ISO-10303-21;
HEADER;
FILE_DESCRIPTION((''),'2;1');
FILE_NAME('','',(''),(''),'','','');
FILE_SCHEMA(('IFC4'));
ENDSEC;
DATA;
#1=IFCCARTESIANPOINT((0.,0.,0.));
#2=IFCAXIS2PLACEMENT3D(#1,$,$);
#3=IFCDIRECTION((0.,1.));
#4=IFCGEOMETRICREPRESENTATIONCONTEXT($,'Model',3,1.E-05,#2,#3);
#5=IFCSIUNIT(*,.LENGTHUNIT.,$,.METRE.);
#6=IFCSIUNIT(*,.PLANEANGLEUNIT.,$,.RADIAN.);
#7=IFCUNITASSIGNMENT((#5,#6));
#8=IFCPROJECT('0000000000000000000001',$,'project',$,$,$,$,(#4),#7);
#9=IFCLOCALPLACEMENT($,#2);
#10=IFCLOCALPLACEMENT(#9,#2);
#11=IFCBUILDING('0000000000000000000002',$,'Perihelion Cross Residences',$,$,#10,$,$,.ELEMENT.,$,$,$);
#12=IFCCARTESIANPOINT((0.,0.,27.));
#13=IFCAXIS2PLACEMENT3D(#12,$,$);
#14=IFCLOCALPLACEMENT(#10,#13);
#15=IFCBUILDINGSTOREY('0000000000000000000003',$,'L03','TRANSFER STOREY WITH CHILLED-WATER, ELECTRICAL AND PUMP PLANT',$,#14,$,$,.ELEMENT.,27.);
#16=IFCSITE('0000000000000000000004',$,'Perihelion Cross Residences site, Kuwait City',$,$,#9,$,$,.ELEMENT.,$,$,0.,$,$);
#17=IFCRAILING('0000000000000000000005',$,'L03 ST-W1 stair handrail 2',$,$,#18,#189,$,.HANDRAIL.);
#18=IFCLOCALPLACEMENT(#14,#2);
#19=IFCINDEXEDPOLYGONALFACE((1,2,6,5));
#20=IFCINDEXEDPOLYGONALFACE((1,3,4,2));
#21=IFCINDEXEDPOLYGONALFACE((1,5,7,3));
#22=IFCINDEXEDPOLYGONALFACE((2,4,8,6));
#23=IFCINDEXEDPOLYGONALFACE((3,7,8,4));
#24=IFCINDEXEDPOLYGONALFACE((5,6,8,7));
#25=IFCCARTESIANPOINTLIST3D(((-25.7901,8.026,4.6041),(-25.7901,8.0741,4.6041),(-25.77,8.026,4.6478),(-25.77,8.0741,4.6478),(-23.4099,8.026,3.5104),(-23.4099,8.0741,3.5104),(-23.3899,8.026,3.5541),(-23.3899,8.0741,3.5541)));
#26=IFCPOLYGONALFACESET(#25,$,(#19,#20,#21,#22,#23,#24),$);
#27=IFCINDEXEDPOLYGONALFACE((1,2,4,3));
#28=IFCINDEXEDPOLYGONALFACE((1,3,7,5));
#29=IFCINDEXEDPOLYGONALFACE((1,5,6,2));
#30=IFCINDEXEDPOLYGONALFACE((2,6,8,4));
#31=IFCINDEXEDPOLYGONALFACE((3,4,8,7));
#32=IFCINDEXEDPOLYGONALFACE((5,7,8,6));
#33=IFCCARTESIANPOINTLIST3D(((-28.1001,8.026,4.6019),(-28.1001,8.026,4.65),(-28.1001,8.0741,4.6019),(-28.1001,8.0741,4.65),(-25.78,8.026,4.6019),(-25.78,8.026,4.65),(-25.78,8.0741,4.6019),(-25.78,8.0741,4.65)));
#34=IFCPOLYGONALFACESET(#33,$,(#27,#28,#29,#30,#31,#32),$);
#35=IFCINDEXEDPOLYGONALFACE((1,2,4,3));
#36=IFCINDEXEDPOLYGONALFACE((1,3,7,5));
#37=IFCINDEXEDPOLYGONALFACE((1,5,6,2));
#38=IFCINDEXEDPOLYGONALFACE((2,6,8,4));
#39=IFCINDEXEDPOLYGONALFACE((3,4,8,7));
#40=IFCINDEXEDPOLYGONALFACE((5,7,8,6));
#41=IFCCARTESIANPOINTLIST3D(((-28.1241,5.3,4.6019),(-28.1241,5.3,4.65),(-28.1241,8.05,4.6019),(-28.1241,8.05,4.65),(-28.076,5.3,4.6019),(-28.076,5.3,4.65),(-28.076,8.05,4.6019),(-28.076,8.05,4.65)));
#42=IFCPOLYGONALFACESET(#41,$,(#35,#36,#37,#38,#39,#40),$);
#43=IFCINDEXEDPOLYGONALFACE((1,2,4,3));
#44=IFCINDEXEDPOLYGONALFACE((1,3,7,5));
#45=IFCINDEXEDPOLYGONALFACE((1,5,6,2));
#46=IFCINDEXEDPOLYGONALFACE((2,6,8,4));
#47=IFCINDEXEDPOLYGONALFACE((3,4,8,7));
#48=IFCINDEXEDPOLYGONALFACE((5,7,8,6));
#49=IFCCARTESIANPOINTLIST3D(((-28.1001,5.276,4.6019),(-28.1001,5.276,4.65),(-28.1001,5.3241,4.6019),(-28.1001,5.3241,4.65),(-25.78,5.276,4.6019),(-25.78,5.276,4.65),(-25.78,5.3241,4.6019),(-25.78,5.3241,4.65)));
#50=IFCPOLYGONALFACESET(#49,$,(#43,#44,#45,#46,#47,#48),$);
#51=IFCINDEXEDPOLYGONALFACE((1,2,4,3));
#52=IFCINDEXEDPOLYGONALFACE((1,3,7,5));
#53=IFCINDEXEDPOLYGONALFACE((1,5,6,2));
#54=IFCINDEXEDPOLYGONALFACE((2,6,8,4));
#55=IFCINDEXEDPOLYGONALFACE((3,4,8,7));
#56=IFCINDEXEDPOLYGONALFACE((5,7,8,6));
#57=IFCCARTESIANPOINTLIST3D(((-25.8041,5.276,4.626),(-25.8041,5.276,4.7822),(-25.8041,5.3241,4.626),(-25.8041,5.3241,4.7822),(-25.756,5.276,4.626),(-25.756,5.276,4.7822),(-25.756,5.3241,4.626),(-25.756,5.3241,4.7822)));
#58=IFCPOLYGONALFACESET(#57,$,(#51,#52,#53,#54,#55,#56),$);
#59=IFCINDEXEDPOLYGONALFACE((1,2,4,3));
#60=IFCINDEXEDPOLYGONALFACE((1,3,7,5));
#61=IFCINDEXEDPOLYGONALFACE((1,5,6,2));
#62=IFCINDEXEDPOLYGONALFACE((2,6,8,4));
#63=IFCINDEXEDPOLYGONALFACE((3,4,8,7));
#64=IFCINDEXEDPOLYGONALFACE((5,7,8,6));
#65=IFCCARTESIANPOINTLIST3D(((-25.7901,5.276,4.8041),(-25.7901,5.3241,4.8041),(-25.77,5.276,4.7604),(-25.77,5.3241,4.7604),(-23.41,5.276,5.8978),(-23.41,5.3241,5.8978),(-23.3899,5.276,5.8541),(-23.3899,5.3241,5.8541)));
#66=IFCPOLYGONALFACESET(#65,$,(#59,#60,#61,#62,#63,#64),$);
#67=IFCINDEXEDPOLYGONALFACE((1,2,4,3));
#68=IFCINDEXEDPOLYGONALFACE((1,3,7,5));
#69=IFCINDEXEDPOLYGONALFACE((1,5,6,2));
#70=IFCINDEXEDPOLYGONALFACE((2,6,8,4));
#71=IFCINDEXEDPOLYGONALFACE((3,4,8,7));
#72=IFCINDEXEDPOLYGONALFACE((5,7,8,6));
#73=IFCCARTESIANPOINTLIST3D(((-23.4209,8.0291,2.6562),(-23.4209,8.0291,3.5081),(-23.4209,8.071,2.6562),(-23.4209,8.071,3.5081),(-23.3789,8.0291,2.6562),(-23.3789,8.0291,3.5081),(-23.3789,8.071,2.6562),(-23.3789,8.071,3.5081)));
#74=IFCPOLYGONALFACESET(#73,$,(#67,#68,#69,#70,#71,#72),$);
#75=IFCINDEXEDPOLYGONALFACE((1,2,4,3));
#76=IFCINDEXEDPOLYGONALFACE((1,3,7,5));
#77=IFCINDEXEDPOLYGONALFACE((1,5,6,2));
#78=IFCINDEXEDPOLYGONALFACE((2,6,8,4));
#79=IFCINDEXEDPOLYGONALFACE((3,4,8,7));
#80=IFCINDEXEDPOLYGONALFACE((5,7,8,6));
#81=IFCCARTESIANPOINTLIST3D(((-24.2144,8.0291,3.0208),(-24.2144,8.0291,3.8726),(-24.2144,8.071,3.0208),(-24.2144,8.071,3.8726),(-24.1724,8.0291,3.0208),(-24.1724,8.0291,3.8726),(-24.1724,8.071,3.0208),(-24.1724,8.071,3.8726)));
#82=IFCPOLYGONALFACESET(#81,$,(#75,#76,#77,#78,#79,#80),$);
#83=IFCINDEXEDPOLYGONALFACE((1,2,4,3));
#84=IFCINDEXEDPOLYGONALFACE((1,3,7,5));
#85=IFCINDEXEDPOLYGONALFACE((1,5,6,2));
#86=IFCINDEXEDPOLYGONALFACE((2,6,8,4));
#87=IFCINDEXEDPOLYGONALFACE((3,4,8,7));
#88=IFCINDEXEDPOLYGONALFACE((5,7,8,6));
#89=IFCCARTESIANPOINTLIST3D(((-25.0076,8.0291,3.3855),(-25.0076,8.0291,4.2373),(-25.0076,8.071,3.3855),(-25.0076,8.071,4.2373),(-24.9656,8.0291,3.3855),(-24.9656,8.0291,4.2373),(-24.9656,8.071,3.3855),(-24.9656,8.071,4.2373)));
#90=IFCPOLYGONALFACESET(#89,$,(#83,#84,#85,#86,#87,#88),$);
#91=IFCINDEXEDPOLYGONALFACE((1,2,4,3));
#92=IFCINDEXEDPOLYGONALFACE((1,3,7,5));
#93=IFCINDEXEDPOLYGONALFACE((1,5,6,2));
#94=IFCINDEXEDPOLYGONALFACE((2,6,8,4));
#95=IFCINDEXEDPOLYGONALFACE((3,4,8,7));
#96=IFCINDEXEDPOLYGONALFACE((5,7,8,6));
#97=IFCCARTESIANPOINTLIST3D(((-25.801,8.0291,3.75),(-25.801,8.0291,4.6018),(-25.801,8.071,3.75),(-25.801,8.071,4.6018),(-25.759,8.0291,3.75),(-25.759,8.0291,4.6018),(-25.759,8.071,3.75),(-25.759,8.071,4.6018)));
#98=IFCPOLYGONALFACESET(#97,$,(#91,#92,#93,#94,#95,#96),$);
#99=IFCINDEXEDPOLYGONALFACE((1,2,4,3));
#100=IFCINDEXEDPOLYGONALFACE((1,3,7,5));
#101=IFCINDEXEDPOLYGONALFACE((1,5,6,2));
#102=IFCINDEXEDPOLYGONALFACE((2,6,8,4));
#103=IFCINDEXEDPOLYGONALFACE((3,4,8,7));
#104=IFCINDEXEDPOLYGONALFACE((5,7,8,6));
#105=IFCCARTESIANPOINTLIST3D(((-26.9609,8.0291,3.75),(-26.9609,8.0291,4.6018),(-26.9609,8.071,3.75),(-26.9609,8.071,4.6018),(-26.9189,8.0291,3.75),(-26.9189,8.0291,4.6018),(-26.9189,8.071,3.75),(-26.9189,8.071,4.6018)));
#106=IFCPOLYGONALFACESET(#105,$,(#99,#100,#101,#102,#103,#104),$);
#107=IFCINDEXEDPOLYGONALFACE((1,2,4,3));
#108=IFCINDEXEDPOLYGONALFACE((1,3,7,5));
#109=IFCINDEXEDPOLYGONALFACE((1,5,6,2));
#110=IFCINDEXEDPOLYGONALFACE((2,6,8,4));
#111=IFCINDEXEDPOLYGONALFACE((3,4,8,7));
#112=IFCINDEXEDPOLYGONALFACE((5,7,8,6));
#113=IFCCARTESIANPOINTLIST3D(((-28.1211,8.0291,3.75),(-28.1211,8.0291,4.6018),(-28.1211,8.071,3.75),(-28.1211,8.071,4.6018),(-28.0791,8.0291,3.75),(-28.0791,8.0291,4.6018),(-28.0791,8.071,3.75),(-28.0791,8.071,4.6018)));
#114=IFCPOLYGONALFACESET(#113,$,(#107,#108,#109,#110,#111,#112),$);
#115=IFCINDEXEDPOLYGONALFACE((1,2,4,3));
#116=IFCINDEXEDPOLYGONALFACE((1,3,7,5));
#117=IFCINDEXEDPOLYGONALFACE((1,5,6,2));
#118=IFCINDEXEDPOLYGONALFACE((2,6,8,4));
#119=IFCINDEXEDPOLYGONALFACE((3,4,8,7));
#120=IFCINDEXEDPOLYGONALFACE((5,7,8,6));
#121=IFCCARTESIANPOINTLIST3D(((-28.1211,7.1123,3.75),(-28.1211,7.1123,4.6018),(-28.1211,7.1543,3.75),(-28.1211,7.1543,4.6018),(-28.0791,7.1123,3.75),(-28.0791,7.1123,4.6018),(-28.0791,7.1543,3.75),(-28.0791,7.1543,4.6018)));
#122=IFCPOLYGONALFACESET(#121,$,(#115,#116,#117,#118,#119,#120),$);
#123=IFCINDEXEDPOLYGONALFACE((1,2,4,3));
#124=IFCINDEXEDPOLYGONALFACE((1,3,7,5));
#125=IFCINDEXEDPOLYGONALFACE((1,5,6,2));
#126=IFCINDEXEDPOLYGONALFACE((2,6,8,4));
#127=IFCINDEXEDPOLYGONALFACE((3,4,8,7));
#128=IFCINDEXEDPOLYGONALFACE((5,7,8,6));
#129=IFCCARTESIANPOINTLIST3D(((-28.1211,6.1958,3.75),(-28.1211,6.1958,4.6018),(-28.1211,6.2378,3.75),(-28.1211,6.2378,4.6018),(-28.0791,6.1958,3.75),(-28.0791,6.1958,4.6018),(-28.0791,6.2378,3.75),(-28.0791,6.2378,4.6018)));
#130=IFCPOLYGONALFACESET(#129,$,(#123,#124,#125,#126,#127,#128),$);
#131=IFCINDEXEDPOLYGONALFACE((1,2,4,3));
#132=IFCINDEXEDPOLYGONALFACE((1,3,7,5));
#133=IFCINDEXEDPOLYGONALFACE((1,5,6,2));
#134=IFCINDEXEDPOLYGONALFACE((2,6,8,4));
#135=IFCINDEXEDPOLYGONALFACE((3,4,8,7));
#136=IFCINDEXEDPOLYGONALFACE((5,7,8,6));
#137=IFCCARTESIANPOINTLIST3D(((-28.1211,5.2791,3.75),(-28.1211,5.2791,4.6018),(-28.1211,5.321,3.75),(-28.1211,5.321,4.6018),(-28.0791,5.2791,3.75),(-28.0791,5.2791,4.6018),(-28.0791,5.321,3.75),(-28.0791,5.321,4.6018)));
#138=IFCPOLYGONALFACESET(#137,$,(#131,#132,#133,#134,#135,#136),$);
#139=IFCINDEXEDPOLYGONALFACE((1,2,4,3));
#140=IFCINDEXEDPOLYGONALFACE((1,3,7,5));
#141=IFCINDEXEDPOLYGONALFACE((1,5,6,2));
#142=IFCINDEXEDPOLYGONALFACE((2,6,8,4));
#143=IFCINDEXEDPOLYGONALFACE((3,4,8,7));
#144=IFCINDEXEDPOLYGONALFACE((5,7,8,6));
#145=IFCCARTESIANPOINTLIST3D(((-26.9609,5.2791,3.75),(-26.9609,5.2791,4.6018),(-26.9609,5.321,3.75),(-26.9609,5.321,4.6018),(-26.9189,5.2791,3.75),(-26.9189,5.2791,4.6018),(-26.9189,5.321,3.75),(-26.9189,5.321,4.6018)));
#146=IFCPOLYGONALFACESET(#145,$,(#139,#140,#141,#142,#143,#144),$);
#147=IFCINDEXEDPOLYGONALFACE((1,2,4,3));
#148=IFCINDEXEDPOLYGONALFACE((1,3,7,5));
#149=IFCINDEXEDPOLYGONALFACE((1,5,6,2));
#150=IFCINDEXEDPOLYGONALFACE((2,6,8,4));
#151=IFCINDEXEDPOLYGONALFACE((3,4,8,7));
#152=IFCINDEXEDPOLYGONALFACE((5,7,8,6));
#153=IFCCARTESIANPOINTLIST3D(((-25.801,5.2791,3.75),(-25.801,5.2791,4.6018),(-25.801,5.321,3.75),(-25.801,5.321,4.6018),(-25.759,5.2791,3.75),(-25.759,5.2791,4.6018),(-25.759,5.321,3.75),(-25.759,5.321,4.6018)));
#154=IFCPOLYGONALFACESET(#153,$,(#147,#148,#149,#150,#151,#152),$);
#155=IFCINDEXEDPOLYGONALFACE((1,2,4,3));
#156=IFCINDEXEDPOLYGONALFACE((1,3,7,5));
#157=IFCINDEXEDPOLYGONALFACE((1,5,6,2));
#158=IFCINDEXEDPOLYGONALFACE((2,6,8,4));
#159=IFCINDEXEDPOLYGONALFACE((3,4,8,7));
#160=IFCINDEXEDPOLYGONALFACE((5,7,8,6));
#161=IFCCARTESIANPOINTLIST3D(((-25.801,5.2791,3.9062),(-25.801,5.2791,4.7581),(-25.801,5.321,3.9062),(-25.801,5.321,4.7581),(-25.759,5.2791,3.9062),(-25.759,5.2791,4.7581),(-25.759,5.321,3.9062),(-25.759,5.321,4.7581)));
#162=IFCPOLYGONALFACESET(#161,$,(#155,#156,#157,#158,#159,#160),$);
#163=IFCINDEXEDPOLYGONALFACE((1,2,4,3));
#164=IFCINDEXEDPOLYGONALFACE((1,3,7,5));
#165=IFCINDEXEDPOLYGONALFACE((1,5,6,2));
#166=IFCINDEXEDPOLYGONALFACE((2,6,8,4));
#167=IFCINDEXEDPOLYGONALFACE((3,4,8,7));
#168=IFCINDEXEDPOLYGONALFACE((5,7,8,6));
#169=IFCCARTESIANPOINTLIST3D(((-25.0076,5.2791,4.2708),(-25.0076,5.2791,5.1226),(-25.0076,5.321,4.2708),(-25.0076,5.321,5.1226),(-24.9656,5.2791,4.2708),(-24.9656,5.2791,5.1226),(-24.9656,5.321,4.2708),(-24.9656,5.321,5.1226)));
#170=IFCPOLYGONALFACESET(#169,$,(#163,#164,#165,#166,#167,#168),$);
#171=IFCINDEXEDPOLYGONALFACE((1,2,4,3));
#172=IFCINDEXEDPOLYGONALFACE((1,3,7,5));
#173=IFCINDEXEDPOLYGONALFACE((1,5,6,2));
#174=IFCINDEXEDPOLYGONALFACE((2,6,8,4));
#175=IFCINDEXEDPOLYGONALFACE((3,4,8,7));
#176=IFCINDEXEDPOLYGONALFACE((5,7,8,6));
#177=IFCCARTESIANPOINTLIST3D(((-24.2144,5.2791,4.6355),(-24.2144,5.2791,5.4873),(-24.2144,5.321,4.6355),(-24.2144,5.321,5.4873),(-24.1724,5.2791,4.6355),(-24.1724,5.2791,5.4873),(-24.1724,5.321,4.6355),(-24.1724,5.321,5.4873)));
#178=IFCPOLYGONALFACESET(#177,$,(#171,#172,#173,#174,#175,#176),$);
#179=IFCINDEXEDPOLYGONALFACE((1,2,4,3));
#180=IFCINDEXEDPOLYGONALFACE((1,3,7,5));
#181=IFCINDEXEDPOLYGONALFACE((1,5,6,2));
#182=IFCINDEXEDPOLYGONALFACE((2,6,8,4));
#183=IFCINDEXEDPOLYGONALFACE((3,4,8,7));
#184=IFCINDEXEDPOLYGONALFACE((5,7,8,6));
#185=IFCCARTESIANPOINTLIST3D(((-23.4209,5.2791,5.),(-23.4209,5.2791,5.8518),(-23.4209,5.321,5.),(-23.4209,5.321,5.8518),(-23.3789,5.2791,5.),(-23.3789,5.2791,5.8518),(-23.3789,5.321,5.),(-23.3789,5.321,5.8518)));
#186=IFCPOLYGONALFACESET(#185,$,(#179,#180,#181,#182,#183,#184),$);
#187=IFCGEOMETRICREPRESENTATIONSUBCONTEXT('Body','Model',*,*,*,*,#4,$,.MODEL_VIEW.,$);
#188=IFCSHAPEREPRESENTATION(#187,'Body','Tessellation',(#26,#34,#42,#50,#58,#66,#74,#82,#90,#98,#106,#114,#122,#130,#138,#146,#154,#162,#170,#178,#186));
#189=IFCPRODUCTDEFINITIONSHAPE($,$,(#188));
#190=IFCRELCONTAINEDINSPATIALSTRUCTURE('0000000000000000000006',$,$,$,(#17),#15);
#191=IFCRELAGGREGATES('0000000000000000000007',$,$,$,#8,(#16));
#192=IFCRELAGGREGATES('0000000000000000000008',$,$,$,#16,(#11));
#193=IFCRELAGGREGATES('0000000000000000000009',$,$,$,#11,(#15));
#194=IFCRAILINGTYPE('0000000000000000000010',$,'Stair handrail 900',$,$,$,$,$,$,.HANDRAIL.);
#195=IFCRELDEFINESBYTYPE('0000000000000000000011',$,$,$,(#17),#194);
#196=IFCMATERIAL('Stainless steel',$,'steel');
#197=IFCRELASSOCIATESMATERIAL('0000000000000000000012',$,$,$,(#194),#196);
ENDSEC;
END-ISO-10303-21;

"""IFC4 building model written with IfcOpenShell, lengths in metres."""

from ifc_helpers import new_model, si_unit, direction, frame, origin, origin_2d, place, context, subcontext, project, spatial, rectangle, extrude, material, type_object, element, save


model = new_model("IFC4")

# Units and contexts
model_context = context("Model", 3, precision=1e-05, world=origin(), true_north=direction((0.0, 1.0)))
body_context = subcontext(model_context, "Body", "Model", "MODEL_VIEW")
ifc_project = project(units=[si_unit("LENGTHUNIT", "METRE"), si_unit("PLANEANGLEUNIT", "RADIAN")], contexts=[model_context])

# Site, building, storey
site_placement = place(None, origin())
site = spatial("IfcSite", under=ifc_project, at=site_placement, Name="Perihelion Cross Residences site, Kuwait City", CompositionType="ELEMENT", RefElevation=0.0)
building_placement = place(site_placement, origin())
building = spatial("IfcBuilding", under=site, at=building_placement, Name="Perihelion Cross Residences", CompositionType="ELEMENT")
storey_placement = place(building_placement, frame((0.0, 0.0, 27.0)))
storey = spatial("IfcBuildingStorey", under=building, at=storey_placement, Name="L03", Description="TRANSFER STOREY WITH CHILLED-WATER, ELECTRICAL AND PUMP PLANT", CompositionType="ELEMENT", Elevation=27.0)

# Railing
ifc_material_1 = material(Name="Stainless steel", Category="steel")
railing_type_1 = type_object("IfcRailingType", Name="Stair handrail 900", PredefinedType="HANDRAIL", material=ifc_material_1)
railing_1_placement = place(storey_placement, frame((-23.3999, 8.05, 2.6562)))
element("IfcRailing", 1, at=railing_1_placement, inside=storey, type_object=railing_type_1, Name="L03 ST-W1 stair handrail 2", PredefinedType="HANDRAIL", context=body_context, shape_type="SweptSolid", body=[
    extrude(rectangle(XDim=0.0481, YDim=0.0481, at=origin_2d()), frame((0.0, 0.0, 0.876), z_axis=(-0.908651, 0.0, 0.417556), x_axis=(0.0, -1.0, 0.0)), (0.0, 0.0, 1.0), 2.6194),
    extrude(rectangle(XDim=0.0481, YDim=0.0481, at=origin_2d()), frame((-2.3801, 0.0, 1.9697), z_axis=(-1.0, 0.0, 0.0), x_axis=(0.0, -1.0, 0.0)), (0.0, 0.0, 1.0), 2.3201),
    extrude(rectangle(XDim=0.0481, YDim=0.0481, at=origin_2d()), frame((-4.7002, 0.0, 1.9697), z_axis=(0.0, -1.0, 0.0), x_axis=(1.0, 0.0, 0.0)), (0.0, 0.0, 1.0), 2.75),
    extrude(rectangle(XDim=0.0481, YDim=0.0481, at=origin_2d()), frame((-4.7002, -2.75, 1.9697), z_axis=(1.0, 0.0, 0.0), x_axis=(0.0, 1.0, 0.0)), (0.0, 0.0, 1.0), 2.3201),
    extrude(rectangle(XDim=0.0481, YDim=0.0481, at=origin_2d()), frame((-2.3801, -2.75, 1.9697), z_axis=(0.0, 0.0, 1.0), x_axis=(1.0, 0.0, 0.0)), (0.0, 0.0, 1.0), 0.1562),
    extrude(rectangle(XDim=0.0481, YDim=0.0481, at=origin_2d()), frame((-2.3801, -2.75, 2.126), z_axis=(0.908651, 0.0, 0.417556), x_axis=(0.0, 1.0, 0.0)), (0.0, 0.0, 1.0), 2.6194),
    extrude(rectangle(XDim=0.042, YDim=0.042, at=origin_2d()), origin(), (0.0, 0.0, 1.0), 0.8518),
    extrude(rectangle(XDim=0.042, YDim=0.042, at=origin_2d()), frame((-0.7935, 0.0, 0.3645)), (0.0, 0.0, 1.0), 0.8518),
    extrude(rectangle(XDim=0.042, YDim=0.042, at=origin_2d()), frame((-1.5867, 0.0, 0.7292)), (0.0, 0.0, 1.0), 0.8518),
    extrude(rectangle(XDim=0.042, YDim=0.042, at=origin_2d()), frame((-2.3801, 0.0, 1.0938)), (0.0, 0.0, 1.0), 0.8518),
    extrude(rectangle(XDim=0.042, YDim=0.042, at=origin_2d()), frame((-3.54, 0.0, 1.0938)), (0.0, 0.0, 1.0), 0.8518),
    extrude(rectangle(XDim=0.042, YDim=0.042, at=origin_2d()), frame((-4.7002, 0.0, 1.0938)), (0.0, 0.0, 1.0), 0.8518),
    extrude(rectangle(XDim=0.042, YDim=0.042, at=origin_2d()), frame((-4.7002, -0.9167, 1.0938)), (0.0, 0.0, 1.0), 0.8518),
    extrude(rectangle(XDim=0.042, YDim=0.042, at=origin_2d()), frame((-4.7002, -1.8333, 1.0938)), (0.0, 0.0, 1.0), 0.8518),
    extrude(rectangle(XDim=0.042, YDim=0.042, at=origin_2d()), frame((-4.7002, -2.75, 1.0938)), (0.0, 0.0, 1.0), 0.8518),
    extrude(rectangle(XDim=0.042, YDim=0.042, at=origin_2d()), frame((-3.54, -2.75, 1.0938)), (0.0, 0.0, 1.0), 0.8518),
    extrude(rectangle(XDim=0.042, YDim=0.042, at=origin_2d()), frame((-2.3801, -2.75, 1.0938)), (0.0, 0.0, 1.0), 0.8518),
    extrude(rectangle(XDim=0.042, YDim=0.042, at=origin_2d()), frame((-2.3801, -2.75, 1.25)), (0.0, 0.0, 1.0), 0.8518),
    extrude(rectangle(XDim=0.042, YDim=0.042, at=origin_2d()), frame((-1.5867, -2.75, 1.6145)), (0.0, 0.0, 1.0), 0.8518),
    extrude(rectangle(XDim=0.042, YDim=0.042, at=origin_2d()), frame((-0.7935, -2.75, 1.9792)), (0.0, 0.0, 1.0), 0.8518),
    extrude(rectangle(XDim=0.042, YDim=0.042, at=origin_2d()), frame((0.0, -2.75, 2.3438)), (0.0, 0.0, 1.0), 0.8518),
])

save(model, "model.ifc")
